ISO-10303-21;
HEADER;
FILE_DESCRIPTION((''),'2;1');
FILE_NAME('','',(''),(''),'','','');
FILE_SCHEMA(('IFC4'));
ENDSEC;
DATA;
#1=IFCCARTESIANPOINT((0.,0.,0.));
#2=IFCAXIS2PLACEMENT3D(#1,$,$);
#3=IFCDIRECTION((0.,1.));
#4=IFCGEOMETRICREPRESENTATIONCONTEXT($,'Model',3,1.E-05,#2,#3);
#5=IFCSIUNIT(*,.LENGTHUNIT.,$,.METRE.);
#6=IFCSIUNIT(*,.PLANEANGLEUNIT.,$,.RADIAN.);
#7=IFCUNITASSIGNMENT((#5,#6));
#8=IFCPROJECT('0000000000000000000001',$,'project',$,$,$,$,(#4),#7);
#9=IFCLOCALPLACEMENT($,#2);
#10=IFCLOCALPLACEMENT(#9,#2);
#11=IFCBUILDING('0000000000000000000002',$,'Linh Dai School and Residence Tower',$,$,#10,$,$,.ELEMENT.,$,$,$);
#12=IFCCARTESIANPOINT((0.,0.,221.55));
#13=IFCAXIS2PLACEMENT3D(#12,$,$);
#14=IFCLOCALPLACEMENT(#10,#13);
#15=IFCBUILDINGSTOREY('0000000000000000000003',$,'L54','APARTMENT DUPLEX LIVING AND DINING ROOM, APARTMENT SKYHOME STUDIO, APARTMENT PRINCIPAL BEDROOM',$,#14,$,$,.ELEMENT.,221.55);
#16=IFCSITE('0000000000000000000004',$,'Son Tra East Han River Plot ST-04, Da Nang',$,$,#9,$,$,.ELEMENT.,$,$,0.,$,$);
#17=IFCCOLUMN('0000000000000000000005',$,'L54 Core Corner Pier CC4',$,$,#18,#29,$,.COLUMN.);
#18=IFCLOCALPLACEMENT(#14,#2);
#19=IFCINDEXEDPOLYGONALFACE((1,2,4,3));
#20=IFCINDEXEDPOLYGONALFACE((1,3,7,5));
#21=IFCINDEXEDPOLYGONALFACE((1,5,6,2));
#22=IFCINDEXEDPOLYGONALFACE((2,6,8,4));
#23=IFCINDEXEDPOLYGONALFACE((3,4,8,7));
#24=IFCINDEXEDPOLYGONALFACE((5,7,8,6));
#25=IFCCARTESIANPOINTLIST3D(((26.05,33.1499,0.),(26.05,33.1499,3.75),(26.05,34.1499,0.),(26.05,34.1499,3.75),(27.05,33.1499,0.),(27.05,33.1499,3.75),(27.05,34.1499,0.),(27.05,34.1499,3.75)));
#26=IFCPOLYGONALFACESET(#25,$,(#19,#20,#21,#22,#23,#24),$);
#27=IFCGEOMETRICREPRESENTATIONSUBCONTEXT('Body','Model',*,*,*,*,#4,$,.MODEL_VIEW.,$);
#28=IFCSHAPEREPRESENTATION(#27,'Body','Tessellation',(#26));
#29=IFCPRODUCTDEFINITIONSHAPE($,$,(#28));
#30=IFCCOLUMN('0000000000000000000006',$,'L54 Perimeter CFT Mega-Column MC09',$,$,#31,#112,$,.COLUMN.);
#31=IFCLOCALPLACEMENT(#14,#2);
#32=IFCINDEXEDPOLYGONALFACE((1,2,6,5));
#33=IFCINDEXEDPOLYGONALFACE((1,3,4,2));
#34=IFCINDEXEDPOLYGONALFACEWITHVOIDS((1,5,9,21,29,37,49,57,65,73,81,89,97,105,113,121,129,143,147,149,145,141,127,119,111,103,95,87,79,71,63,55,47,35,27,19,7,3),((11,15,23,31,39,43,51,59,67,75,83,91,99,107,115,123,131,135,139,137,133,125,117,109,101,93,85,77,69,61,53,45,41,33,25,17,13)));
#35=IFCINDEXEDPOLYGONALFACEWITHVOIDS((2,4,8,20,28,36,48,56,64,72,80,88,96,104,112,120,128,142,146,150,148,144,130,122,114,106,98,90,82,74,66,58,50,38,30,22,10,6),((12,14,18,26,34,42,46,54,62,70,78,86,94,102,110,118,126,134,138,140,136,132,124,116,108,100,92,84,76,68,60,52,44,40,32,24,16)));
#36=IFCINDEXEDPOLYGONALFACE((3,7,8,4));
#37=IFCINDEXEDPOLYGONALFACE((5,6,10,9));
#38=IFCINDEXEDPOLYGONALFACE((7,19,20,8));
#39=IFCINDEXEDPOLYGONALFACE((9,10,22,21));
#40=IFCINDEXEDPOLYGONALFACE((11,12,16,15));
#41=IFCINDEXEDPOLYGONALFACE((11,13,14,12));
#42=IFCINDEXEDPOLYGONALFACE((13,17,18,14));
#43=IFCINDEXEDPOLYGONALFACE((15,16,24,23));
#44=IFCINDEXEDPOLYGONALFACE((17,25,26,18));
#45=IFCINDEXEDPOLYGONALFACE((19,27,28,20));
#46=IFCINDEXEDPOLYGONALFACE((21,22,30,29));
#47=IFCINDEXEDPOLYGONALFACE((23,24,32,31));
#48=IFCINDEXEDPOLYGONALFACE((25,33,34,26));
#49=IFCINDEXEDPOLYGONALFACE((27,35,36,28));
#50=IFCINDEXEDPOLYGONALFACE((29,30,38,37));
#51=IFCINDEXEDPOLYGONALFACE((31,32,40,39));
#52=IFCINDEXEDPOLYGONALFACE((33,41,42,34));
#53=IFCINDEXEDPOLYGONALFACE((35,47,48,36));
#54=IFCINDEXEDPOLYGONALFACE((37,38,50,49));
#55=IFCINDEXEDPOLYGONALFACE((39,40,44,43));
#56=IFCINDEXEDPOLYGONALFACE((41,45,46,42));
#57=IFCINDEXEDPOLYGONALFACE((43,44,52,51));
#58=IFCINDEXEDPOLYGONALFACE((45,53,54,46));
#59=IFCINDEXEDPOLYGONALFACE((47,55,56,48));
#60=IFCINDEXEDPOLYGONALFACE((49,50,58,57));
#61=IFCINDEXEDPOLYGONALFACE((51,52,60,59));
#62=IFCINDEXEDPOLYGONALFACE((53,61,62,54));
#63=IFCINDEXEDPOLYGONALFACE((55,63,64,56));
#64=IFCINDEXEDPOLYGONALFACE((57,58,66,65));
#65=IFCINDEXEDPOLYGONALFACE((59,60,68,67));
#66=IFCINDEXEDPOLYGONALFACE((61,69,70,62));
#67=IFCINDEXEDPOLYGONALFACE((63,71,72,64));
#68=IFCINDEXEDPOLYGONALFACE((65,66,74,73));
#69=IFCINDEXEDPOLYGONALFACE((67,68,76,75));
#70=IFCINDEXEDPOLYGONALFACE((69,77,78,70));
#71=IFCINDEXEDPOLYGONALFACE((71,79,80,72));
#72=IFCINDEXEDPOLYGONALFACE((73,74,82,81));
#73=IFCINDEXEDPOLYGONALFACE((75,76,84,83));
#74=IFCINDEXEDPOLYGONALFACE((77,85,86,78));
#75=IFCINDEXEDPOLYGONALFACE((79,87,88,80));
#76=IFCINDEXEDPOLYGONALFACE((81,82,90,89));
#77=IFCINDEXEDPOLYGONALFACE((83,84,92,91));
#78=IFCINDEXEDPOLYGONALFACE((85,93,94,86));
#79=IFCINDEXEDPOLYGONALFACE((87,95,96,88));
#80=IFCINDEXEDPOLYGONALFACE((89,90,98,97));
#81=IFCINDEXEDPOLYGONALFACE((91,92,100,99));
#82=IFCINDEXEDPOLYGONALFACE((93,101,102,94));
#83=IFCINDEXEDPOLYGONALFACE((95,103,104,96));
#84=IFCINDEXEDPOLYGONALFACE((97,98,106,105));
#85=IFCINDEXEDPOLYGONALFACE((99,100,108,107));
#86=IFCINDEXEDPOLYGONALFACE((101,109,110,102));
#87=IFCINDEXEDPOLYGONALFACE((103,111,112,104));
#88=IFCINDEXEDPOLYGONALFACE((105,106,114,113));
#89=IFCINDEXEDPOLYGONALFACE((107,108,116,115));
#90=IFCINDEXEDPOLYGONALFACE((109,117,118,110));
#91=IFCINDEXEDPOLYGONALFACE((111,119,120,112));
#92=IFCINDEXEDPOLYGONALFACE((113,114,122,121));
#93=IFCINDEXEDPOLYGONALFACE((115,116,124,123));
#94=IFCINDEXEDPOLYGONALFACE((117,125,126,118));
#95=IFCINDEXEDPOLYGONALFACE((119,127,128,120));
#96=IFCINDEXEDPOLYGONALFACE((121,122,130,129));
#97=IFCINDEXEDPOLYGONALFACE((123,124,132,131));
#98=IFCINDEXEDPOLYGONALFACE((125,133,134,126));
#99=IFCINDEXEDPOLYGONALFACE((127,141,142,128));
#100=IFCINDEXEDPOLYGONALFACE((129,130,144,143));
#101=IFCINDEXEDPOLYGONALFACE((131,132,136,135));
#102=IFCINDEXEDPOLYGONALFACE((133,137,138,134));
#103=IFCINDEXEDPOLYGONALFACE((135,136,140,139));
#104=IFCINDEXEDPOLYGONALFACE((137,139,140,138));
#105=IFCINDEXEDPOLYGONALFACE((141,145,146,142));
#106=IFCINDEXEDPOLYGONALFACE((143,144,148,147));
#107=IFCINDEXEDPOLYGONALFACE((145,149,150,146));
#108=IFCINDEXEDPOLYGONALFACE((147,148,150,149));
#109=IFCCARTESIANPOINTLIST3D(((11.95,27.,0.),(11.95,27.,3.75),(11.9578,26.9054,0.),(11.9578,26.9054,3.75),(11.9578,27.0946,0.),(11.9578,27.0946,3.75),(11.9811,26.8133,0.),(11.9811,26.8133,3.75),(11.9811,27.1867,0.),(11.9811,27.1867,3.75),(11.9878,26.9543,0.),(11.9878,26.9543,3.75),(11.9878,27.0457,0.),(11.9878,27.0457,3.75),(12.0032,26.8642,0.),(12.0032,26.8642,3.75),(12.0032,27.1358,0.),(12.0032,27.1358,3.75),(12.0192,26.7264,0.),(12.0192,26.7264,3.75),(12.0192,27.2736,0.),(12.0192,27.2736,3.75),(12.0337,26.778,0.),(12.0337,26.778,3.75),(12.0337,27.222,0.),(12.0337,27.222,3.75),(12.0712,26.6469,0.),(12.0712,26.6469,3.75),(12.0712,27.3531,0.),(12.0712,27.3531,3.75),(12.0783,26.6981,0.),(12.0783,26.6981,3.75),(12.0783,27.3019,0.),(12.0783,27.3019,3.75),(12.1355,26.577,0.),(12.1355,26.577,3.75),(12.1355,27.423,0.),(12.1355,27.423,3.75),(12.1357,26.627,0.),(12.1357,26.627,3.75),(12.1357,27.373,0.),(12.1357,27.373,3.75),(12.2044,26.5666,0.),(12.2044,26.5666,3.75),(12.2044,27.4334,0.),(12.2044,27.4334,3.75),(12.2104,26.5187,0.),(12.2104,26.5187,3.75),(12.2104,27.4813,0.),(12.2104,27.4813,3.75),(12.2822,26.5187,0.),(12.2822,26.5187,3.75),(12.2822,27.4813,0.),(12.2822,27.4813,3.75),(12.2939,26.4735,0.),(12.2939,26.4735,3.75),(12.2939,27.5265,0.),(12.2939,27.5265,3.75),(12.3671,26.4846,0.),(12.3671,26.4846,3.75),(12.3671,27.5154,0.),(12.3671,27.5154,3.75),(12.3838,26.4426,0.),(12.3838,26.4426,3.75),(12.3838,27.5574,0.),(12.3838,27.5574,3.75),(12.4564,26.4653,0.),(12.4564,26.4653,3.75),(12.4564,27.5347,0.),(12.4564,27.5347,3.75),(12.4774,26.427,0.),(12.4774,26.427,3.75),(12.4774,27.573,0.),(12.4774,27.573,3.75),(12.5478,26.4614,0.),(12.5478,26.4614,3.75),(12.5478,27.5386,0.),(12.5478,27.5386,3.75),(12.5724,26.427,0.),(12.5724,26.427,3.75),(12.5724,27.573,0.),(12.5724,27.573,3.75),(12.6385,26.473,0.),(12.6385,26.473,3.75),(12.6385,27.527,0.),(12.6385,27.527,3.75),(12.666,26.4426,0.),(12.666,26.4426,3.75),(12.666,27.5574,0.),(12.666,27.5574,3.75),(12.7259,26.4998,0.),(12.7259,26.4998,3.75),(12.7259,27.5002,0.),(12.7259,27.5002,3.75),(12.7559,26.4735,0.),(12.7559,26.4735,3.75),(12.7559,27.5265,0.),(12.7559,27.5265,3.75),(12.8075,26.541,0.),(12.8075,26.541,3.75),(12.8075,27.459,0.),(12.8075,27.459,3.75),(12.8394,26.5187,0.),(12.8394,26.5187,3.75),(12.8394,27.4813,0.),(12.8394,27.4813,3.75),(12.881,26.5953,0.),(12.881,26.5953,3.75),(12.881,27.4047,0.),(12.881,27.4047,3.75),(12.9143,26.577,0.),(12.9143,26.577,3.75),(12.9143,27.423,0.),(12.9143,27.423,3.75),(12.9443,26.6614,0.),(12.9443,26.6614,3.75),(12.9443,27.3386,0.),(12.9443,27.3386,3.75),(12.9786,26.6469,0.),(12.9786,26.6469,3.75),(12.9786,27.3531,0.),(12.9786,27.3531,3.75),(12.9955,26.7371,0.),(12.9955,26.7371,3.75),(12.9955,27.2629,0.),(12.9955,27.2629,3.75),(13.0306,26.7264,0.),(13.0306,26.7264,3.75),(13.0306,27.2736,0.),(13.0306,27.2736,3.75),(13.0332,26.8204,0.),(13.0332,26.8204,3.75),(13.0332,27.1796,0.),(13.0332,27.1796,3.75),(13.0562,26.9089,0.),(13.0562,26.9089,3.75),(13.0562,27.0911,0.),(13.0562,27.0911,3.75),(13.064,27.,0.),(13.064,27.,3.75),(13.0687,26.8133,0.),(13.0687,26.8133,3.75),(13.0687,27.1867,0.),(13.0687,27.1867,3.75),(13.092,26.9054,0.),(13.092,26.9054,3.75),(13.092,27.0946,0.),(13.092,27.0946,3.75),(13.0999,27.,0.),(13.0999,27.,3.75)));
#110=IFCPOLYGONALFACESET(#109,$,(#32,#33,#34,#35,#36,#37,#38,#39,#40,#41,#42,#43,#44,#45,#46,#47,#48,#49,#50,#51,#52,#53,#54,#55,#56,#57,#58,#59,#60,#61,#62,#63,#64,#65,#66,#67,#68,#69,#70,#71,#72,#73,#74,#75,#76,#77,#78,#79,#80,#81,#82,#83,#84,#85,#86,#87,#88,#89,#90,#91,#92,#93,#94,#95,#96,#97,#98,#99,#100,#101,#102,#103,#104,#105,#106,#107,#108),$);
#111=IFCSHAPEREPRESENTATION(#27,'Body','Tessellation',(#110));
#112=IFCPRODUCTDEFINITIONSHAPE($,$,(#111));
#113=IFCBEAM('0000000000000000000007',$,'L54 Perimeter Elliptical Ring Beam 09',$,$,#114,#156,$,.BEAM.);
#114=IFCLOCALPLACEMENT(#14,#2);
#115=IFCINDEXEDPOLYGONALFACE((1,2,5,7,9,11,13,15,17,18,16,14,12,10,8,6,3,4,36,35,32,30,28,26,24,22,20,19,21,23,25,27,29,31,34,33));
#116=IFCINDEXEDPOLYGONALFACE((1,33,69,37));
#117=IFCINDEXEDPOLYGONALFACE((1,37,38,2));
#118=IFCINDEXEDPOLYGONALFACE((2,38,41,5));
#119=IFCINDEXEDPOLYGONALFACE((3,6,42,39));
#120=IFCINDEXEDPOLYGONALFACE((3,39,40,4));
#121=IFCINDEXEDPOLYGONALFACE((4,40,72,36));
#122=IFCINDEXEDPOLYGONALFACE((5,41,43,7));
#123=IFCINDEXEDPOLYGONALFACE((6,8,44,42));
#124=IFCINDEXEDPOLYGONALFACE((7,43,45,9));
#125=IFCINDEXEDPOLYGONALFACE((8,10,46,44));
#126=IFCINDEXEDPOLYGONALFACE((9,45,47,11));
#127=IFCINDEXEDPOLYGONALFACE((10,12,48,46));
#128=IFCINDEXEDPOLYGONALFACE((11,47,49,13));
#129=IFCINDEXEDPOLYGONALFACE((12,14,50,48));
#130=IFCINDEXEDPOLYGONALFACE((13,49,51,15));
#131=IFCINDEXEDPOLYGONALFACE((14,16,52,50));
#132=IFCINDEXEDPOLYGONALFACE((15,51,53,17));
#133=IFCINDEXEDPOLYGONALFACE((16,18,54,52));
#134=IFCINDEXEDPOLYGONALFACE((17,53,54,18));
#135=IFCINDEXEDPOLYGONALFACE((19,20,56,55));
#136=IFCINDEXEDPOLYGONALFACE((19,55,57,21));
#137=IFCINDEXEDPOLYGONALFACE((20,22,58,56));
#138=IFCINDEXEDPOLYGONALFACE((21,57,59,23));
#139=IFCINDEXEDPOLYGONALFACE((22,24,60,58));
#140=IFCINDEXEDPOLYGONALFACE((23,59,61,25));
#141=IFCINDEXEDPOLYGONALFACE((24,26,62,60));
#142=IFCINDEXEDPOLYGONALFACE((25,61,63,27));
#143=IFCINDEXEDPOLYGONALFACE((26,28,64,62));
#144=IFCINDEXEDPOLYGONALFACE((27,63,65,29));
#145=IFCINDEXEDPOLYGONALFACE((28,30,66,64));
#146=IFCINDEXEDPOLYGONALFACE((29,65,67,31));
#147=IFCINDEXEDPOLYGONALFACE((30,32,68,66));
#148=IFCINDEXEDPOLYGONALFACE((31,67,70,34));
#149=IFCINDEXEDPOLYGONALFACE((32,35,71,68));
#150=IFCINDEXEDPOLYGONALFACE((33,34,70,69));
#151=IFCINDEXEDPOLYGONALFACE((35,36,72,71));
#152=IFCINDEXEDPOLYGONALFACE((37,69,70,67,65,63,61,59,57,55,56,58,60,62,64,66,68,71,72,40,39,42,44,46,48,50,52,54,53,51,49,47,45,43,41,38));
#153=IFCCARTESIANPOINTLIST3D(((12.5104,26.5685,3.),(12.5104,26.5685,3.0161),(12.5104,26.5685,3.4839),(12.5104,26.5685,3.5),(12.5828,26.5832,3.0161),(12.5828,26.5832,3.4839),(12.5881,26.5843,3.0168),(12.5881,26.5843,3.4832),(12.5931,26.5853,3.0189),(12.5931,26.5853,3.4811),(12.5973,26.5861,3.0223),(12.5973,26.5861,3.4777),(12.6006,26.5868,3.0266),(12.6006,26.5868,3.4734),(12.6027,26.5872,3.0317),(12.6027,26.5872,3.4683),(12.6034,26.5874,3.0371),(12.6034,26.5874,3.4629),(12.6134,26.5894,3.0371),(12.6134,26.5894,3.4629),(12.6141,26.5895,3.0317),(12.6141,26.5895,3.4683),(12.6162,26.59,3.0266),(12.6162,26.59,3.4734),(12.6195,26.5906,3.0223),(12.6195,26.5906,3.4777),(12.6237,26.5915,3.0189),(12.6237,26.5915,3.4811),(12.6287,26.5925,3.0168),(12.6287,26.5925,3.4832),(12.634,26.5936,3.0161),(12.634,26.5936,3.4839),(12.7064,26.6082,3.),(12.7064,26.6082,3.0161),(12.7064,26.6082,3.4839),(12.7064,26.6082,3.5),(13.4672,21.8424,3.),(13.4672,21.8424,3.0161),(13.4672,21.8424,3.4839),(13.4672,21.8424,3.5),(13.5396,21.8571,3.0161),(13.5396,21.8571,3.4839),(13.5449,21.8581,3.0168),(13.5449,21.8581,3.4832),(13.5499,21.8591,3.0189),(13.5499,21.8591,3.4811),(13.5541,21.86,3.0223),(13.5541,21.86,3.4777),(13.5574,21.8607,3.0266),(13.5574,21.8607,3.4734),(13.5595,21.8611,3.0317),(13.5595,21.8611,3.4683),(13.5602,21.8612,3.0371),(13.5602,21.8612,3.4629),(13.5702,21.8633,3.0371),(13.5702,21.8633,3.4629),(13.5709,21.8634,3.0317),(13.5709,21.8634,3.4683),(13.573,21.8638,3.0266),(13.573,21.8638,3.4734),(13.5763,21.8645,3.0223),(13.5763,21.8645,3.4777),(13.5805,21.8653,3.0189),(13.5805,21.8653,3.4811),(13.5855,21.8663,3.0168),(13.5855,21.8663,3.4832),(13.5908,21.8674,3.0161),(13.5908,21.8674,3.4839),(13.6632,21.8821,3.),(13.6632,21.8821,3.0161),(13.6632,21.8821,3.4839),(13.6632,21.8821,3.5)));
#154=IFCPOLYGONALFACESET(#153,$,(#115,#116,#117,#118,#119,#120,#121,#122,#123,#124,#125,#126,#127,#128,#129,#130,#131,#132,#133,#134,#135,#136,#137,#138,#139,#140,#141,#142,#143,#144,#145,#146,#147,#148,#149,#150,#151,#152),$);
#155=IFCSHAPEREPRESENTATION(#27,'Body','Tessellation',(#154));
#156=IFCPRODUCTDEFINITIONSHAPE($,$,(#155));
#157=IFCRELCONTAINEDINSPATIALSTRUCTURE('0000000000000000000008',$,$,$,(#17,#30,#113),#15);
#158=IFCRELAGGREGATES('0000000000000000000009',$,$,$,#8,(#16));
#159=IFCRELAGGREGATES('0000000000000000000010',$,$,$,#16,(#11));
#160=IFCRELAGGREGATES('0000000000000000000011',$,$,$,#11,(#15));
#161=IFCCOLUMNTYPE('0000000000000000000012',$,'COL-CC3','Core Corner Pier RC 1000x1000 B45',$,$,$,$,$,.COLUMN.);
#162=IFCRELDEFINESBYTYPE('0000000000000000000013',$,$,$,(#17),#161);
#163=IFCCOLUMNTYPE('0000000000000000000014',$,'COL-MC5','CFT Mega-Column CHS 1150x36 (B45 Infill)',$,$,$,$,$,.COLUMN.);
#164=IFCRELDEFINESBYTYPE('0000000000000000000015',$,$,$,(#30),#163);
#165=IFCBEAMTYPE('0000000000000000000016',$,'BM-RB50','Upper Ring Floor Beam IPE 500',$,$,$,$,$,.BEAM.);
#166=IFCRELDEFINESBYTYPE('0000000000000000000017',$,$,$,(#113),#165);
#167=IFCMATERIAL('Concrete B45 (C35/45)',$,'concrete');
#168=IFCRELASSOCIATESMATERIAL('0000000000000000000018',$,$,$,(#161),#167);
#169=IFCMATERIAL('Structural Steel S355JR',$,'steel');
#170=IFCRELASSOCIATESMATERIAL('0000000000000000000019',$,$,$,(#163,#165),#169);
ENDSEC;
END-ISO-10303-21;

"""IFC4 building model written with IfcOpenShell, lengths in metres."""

from ifc_helpers import new_model, si_unit, direction, frame, origin, origin_2d, place, context, subcontext, project, spatial, rectangle, hollow_circle, i_section, extrude, material, material_profile, profile_set, type_object, element, save


model = new_model("IFC4")

# Units and contexts
model_context = context("Model", 3, precision=1e-05, world=origin(), true_north=direction((0.0, 1.0)))
body_context = subcontext(model_context, "Body", "Model", "MODEL_VIEW")
ifc_project = project(units=[si_unit("LENGTHUNIT", "METRE"), si_unit("PLANEANGLEUNIT", "RADIAN")], contexts=[model_context])

# Site, building, storey
site_placement = place(None, origin())
site = spatial("IfcSite", under=ifc_project, at=site_placement, Name="Son Tra East Han River Plot ST-04, Da Nang", CompositionType="ELEMENT", RefElevation=0.0)
building_placement = place(site_placement, origin())
building = spatial("IfcBuilding", under=site, at=building_placement, Name="Linh Dai School and Residence Tower", CompositionType="ELEMENT")
storey_placement = place(building_placement, frame((0.0, 0.0, 221.55)))
storey = spatial("IfcBuildingStorey", under=building, at=storey_placement, Name="L54", Description="APARTMENT DUPLEX LIVING AND DINING ROOM, APARTMENT SKYHOME STUDIO, APARTMENT PRINCIPAL BEDROOM", CompositionType="ELEMENT", Elevation=221.55)

# Columns
ifc_material_1 = material(Name="Concrete B45 (C35/45)", Category="concrete")
ifc_material_profile_1 = material_profile(ifc_material_1, rectangle(XDim=1.0, YDim=1.0, at=origin_2d()), Name="RC 1000x1000")
ifc_profile_set_1 = profile_set([ifc_material_profile_1], Name="Concrete B45 (C35/45)")
column_type_1 = type_object("IfcColumnType", Name="COL-CC3", Description="Core Corner Pier RC 1000x1000 B45", PredefinedType="COLUMN", material=ifc_profile_set_1)
column_1_placement = place(storey_placement, frame((26.55, 33.6499, 0.0), z_axis=(0.0, 0.0, 1.0), x_axis=(1.0, 0.0, 0.0)))
element("IfcColumn", 1, at=column_1_placement, inside=storey, type_object=column_type_1, Name="L54 Core Corner Pier CC4", PredefinedType="COLUMN", context=body_context, shape_type="SweptSolid", body=[
    extrude(rectangle(XDim=1.0, YDim=1.0, at=origin_2d()), origin(), (0.0, 0.0, 1.0), 3.75),
])
ifc_material_2 = material(Name="Structural Steel S355JR", Category="steel")
ifc_material_profile_2 = material_profile(ifc_material_2, hollow_circle(Radius=0.575, WallThickness=0.0359, at=origin_2d()), Name="CHS 1150x36")
ifc_profile_set_2 = profile_set([ifc_material_profile_2], Name="Structural Steel S355JR")
column_type_2 = type_object("IfcColumnType", Name="COL-MC5", Description="CFT Mega-Column CHS 1150x36 (B45 Infill)", PredefinedType="COLUMN", material=ifc_profile_set_2)
column_2_placement = place(storey_placement, frame((12.5249, 27.0, 0.0), z_axis=(0.0, 0.0, 1.0), x_axis=(1.0, 0.0, 0.0)))
element("IfcColumn", 2, at=column_2_placement, inside=storey, type_object=column_type_2, Name="L54 Perimeter CFT Mega-Column MC09", PredefinedType="COLUMN", context=body_context, shape_type="SweptSolid", body=[
    extrude(hollow_circle(Radius=0.575, WallThickness=0.0359, at=origin_2d()), origin(), (0.0, 0.0, 1.0), 3.75),
])

# Beam
ifc_material_profile_3 = material_profile(ifc_material_2, i_section(OverallWidth=0.2, OverallDepth=0.5, WebThickness=0.0103, FlangeThickness=0.0161, FilletRadius=0.021, at=origin_2d()), Name="IPE 500")
ifc_profile_set_3 = profile_set([ifc_material_profile_3], Name="Structural Steel S355JR")
beam_type_1 = type_object("IfcBeamType", Name="BM-RB50", Description="Upper Ring Floor Beam IPE 500", PredefinedType="BEAM", material=ifc_profile_set_3)
beam_1_placement = place(storey_placement, frame((12.6084, 26.5884, 3.25), z_axis=(0.198423, -0.980116, 0.0), x_axis=(0.980116, 0.198423, 0.0)))
element("IfcBeam", 3, at=beam_1_placement, inside=storey, type_object=beam_type_1, Name="L54 Perimeter Elliptical Ring Beam 09", PredefinedType="BEAM", context=body_context, shape_type="SweptSolid", body=[
    extrude(i_section(OverallWidth=0.2, OverallDepth=0.5, WebThickness=0.0103, FlangeThickness=0.0161, FilletRadius=0.021, at=origin_2d()), origin(), (0.0, 0.0, 1.0), 4.822),
])

save(model, "model.ifc")
